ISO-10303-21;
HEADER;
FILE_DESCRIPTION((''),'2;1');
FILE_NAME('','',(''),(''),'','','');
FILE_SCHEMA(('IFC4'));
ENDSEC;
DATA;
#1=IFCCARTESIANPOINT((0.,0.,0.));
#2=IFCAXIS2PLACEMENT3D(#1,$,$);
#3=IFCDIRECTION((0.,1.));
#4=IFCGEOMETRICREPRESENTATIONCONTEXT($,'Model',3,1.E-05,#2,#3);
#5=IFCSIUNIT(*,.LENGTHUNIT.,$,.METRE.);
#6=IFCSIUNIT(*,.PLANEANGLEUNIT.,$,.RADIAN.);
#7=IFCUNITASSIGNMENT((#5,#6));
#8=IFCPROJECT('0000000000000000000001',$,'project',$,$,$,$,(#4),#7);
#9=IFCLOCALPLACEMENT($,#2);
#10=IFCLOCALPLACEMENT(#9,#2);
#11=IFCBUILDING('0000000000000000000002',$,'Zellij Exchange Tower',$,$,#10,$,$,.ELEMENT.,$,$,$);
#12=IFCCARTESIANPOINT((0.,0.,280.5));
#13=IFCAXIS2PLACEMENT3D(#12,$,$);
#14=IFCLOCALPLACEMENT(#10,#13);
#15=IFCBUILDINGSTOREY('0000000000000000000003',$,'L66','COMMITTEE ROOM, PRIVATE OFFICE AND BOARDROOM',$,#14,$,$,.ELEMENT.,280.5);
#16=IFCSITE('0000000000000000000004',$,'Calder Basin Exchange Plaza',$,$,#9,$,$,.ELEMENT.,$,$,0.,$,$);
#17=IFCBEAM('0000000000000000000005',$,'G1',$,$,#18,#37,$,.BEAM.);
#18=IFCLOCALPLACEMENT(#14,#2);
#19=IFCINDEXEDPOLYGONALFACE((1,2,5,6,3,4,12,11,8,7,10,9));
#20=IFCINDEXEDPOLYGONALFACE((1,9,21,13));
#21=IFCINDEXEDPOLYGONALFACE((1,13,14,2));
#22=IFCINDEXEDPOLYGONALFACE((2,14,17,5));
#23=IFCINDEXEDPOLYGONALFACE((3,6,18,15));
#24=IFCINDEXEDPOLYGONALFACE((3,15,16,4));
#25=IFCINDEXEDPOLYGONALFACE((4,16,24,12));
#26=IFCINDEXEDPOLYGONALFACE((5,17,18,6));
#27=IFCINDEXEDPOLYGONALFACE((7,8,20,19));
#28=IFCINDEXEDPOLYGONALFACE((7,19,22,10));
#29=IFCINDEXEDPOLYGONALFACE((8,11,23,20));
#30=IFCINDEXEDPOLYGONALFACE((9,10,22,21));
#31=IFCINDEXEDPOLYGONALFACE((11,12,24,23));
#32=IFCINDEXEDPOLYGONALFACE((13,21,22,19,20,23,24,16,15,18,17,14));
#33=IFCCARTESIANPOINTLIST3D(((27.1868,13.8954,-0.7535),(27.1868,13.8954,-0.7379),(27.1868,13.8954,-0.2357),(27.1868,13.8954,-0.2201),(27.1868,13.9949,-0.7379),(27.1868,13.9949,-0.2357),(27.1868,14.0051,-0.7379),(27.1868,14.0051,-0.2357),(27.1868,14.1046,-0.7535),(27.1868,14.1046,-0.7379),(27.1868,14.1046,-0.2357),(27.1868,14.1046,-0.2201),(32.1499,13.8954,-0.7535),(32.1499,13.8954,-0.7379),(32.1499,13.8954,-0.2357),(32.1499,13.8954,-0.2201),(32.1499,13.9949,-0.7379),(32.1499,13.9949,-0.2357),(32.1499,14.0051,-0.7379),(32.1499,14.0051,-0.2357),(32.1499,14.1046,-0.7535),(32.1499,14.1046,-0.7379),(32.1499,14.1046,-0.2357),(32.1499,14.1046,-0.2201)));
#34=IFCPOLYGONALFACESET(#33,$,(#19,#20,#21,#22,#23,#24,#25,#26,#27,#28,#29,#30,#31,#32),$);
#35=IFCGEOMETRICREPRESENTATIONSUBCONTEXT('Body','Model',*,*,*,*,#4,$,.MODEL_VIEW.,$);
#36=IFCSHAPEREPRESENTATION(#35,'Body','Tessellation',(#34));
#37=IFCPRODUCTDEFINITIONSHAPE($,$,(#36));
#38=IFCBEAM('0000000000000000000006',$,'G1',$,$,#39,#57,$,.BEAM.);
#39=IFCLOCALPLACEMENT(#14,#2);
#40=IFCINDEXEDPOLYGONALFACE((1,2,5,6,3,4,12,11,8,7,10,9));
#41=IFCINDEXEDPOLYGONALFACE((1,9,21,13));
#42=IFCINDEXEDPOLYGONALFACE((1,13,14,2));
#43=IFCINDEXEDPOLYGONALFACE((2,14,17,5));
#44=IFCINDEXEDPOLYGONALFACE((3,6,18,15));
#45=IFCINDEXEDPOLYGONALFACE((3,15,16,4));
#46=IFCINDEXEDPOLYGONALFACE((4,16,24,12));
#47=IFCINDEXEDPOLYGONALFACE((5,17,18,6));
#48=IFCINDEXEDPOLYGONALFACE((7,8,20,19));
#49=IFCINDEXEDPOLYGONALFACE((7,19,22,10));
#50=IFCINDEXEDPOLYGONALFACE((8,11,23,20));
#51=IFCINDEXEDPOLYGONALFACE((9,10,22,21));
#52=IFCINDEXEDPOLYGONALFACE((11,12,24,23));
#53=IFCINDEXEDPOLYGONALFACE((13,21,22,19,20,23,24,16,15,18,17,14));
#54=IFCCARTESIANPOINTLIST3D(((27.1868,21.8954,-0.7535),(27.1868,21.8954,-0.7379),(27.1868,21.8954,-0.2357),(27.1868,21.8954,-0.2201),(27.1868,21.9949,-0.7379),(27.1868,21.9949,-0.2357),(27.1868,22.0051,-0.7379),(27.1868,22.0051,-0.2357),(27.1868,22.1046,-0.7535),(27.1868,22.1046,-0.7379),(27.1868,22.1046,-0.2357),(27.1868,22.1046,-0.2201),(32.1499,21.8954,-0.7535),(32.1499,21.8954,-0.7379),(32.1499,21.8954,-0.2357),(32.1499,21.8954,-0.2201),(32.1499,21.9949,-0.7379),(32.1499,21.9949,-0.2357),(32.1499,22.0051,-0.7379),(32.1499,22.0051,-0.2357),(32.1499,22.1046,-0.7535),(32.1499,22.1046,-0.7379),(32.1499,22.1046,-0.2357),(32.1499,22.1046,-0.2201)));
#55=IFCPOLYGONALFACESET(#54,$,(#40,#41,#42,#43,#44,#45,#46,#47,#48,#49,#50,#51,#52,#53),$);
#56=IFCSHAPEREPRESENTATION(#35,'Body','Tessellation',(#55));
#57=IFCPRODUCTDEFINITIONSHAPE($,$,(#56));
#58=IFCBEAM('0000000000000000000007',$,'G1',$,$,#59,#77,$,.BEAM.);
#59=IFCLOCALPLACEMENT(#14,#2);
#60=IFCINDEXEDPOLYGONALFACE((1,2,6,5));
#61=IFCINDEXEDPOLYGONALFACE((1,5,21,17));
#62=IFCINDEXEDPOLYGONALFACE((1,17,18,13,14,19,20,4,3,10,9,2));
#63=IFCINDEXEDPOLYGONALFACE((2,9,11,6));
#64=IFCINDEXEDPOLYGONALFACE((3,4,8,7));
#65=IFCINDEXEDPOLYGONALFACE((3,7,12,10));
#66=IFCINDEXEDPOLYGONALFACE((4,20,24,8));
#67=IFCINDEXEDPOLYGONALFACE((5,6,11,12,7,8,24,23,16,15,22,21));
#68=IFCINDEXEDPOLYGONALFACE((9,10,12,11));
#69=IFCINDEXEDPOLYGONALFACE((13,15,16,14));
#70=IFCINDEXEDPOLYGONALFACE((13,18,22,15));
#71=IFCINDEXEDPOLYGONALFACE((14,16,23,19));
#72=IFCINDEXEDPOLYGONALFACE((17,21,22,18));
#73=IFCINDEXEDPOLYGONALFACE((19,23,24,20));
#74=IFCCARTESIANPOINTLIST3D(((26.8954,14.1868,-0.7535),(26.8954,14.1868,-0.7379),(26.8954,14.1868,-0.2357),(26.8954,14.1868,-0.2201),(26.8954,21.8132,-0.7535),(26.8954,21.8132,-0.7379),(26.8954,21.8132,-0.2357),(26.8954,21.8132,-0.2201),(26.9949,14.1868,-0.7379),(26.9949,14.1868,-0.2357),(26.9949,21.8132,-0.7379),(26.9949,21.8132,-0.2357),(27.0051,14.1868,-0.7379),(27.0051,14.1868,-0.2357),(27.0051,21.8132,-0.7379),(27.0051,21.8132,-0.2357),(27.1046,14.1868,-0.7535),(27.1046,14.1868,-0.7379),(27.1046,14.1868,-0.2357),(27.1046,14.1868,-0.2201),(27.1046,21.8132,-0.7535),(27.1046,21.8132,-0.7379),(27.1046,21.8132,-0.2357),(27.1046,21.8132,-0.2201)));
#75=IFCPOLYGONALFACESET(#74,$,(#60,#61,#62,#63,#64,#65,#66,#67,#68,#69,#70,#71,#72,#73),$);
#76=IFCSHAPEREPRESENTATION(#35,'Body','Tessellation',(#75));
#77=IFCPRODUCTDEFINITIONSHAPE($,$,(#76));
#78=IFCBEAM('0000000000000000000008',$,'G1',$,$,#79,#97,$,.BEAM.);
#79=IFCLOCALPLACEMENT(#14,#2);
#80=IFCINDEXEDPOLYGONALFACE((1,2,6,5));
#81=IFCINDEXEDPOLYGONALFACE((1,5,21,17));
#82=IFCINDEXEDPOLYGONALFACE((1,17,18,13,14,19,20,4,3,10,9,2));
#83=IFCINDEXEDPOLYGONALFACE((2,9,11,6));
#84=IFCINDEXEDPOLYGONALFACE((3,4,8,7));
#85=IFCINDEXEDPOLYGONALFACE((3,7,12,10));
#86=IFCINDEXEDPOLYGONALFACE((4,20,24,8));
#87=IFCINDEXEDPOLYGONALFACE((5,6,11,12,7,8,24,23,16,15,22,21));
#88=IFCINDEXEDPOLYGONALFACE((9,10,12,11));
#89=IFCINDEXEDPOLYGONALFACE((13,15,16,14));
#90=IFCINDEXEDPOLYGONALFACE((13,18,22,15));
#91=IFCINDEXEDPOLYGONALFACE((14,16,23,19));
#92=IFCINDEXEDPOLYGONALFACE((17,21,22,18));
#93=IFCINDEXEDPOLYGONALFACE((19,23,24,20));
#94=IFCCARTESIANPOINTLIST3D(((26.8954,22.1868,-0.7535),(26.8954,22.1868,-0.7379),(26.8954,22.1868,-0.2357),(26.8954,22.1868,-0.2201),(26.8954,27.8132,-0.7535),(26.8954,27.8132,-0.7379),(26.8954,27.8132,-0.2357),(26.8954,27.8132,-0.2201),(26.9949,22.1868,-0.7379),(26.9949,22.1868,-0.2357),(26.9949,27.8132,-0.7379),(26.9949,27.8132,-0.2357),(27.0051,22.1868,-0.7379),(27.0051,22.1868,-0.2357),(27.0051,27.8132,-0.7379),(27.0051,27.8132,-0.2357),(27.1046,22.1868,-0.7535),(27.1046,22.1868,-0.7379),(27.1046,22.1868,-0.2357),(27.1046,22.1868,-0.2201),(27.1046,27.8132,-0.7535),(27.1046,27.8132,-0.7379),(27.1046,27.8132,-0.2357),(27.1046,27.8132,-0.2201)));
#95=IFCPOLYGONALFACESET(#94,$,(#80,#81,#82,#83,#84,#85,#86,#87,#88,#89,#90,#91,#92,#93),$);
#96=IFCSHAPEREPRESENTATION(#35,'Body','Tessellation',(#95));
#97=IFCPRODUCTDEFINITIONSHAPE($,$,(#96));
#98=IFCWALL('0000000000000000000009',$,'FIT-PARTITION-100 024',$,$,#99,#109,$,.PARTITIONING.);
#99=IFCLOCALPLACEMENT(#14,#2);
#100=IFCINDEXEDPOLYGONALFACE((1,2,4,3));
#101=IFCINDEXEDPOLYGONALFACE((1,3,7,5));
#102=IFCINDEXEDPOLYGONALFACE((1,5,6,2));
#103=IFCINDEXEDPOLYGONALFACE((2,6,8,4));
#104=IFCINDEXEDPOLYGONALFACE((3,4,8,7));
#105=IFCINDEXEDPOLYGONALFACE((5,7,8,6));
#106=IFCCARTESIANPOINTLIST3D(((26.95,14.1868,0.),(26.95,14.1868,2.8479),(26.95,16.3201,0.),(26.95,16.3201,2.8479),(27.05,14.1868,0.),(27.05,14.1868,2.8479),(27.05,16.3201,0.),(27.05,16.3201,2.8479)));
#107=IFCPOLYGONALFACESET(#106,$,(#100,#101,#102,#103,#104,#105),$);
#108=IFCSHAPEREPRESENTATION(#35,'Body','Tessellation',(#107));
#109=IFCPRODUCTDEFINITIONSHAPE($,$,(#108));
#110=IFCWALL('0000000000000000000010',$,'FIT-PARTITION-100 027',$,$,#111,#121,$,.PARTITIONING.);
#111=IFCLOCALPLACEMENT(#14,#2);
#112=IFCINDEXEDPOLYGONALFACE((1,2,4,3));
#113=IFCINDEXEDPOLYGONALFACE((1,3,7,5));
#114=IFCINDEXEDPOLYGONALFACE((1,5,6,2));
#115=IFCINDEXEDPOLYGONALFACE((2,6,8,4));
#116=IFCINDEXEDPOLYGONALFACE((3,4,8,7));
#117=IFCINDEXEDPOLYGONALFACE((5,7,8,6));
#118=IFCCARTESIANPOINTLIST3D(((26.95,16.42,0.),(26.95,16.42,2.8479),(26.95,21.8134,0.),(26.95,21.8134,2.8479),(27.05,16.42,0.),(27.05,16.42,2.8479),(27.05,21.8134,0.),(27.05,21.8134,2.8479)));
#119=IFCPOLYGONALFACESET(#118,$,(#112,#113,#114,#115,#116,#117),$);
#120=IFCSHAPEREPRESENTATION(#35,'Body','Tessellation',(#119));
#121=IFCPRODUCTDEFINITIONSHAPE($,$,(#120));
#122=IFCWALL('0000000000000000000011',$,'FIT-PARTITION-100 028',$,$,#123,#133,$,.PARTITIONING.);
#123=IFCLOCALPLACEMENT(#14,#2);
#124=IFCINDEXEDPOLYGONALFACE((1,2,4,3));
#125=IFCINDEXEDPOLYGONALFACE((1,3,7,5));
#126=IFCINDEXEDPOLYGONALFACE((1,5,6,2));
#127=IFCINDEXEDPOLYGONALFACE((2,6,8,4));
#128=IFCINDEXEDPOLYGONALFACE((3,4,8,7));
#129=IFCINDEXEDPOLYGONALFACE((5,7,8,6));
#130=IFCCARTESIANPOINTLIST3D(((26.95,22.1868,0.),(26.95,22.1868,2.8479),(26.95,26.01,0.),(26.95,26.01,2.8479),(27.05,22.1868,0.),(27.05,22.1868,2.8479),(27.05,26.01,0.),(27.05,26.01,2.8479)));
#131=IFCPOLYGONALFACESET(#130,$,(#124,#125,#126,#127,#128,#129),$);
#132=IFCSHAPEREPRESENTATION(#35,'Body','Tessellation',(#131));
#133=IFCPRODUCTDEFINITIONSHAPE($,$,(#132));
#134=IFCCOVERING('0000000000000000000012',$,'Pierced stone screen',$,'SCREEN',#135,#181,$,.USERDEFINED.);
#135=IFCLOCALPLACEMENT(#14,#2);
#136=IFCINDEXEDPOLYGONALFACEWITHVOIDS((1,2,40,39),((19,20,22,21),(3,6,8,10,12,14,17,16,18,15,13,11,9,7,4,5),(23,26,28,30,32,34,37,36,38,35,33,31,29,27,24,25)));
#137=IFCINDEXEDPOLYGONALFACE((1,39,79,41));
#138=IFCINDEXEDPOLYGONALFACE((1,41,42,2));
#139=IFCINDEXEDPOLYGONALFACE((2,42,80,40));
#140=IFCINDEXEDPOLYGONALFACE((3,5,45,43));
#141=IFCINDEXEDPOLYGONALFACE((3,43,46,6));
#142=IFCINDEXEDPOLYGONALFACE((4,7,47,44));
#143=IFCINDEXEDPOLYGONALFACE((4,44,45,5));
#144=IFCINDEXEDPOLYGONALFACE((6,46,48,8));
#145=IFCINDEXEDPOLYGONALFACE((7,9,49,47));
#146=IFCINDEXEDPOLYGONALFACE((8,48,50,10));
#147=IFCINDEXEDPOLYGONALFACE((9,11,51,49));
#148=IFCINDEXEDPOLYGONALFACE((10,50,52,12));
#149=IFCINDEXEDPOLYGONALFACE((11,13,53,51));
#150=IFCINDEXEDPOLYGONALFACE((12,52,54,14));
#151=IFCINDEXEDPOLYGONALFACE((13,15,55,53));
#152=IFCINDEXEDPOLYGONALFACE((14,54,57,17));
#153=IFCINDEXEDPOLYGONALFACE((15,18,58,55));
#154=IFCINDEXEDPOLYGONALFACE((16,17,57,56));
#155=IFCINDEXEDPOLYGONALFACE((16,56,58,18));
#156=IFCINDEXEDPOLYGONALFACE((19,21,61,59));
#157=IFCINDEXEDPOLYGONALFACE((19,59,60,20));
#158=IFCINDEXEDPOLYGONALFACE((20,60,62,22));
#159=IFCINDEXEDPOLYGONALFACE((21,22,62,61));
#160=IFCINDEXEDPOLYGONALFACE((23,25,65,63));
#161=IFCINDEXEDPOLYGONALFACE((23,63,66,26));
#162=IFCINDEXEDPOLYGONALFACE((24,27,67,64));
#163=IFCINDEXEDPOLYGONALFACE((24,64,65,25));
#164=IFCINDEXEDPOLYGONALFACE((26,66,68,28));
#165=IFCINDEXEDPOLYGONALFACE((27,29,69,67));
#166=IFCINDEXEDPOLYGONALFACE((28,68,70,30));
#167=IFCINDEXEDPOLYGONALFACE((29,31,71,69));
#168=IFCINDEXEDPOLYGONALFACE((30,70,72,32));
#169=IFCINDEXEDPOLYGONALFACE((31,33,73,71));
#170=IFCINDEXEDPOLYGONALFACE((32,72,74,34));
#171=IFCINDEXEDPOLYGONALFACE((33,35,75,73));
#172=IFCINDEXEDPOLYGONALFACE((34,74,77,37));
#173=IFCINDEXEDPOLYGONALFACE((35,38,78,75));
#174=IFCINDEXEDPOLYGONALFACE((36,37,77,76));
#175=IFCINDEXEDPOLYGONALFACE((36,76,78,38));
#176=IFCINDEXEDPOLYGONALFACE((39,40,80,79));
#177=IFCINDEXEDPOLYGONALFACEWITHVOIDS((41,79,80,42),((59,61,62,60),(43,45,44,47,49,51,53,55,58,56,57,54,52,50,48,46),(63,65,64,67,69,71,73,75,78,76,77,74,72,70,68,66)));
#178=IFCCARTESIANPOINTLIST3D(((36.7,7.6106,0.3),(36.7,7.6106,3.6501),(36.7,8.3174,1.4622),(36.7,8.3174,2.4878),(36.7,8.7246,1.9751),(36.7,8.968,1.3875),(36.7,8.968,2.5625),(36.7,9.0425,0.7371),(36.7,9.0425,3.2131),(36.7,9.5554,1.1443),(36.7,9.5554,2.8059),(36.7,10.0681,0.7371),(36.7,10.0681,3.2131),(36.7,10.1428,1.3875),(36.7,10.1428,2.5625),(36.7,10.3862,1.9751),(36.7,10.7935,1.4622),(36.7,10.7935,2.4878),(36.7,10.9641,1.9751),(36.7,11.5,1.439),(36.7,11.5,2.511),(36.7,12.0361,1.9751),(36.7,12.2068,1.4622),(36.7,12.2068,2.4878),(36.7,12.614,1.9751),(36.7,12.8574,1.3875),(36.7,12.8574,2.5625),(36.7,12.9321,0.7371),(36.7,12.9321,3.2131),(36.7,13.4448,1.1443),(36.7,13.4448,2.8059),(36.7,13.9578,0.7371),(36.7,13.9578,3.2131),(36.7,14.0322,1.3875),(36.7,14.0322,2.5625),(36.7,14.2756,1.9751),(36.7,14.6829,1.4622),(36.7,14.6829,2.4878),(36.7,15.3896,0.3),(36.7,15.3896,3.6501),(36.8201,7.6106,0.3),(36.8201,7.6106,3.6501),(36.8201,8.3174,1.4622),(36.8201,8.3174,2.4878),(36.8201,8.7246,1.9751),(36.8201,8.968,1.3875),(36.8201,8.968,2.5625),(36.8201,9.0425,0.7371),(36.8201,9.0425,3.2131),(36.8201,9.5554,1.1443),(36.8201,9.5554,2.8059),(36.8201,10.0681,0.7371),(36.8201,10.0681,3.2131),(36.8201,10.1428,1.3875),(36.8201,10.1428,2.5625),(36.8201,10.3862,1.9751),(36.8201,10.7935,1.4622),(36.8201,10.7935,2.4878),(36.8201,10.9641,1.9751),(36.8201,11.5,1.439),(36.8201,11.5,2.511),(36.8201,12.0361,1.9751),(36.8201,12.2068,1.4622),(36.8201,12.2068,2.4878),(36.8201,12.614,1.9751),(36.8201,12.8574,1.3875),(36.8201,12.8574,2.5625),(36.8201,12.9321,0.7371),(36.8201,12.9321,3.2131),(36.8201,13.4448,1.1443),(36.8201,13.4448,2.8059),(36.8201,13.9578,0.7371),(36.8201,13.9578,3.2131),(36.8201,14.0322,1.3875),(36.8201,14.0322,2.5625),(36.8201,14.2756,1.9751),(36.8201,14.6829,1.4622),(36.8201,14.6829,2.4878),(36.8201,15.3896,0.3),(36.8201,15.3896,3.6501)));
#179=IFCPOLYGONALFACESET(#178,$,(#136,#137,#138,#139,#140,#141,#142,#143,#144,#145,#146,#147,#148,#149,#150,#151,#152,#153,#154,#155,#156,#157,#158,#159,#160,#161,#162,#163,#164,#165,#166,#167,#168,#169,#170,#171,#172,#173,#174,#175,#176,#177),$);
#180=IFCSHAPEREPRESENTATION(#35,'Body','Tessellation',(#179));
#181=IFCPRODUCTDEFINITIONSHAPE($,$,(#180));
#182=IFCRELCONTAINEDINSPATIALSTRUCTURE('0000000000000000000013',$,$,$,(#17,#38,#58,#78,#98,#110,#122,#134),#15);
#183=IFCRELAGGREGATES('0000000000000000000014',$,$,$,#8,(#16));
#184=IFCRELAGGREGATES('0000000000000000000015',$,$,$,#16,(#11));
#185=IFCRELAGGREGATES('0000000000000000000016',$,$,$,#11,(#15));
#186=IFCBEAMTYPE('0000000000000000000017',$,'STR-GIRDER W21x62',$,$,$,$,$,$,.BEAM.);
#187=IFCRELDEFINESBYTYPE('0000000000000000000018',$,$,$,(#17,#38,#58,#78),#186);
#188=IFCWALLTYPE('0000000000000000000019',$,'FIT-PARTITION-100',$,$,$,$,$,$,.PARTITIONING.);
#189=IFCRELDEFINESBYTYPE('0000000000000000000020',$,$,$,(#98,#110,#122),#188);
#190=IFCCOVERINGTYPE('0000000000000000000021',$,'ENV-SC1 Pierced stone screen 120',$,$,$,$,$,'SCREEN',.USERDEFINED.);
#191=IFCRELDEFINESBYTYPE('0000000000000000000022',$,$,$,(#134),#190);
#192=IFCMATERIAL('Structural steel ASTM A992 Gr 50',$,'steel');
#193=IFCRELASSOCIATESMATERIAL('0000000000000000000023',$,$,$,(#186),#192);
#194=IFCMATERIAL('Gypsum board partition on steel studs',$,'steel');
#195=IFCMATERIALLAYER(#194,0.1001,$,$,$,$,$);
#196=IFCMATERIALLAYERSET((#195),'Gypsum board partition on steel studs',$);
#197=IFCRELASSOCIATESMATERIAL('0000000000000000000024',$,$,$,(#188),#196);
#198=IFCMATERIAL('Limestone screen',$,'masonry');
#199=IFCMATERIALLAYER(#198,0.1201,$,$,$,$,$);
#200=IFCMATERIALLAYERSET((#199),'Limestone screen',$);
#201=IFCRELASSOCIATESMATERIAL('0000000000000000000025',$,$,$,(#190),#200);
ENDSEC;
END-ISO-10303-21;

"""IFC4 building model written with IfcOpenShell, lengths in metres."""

from ifc_helpers import new_model, si_unit, direction, frame, frame_2d, origin, origin_2d, place, context, subcontext, project, spatial, polyline, rectangle, i_section, outline, extrude, material, layer, layer_set, material_profile, profile_set, type_object, element, save


model = new_model("IFC4")

# Units and contexts
model_context = context("Model", 3, precision=1e-05, world=origin(), true_north=direction((0.0, 1.0)))
body_context = subcontext(model_context, "Body", "Model", "MODEL_VIEW")
ifc_project = project(units=[si_unit("LENGTHUNIT", "METRE"), si_unit("PLANEANGLEUNIT", "RADIAN")], contexts=[model_context])

# Site, building, storey
site_placement = place(None, origin())
site = spatial("IfcSite", under=ifc_project, at=site_placement, Name="Calder Basin Exchange Plaza", CompositionType="ELEMENT", RefElevation=0.0)
building_placement = place(site_placement, origin())
building = spatial("IfcBuilding", under=site, at=building_placement, Name="Zellij Exchange Tower", CompositionType="ELEMENT")
storey_placement = place(building_placement, frame((0.0, 0.0, 280.5)))
storey = spatial("IfcBuildingStorey", under=building, at=storey_placement, Name="L66", Description="COMMITTEE ROOM, PRIVATE OFFICE AND BOARDROOM", CompositionType="ELEMENT", Elevation=280.5)

# Shared definitions
ifc_material_1 = material(Name="Structural steel ASTM A992 Gr 50", Category="steel")

# Beams
ifc_material_profile_1 = material_profile(ifc_material_1, i_section(OverallWidth=0.2092, OverallDepth=0.5334, WebThickness=0.0103, FlangeThickness=0.0156, at=origin_2d()), Name="W21x62")
ifc_profile_set_1 = profile_set([ifc_material_profile_1], Name="Structural steel ASTM A992 Gr 50")
beam_type_1 = type_object("IfcBeamType", Name="STR-GIRDER W21x62", PredefinedType="BEAM", material=ifc_profile_set_1)
for number, where, z_axis, x_axis, name in (
    (1, (27.1868, 14.0, -0.4868), (1.0, 0.0, 0.0), (0.0, 1.0, 0.0), "G1"),
    (2, (27.1868, 22.0, -0.4868), (1.0, 0.0, 0.0), (0.0, 1.0, 0.0), "G1"),
):
    element("IfcBeam", number, at=place(storey_placement, frame(where, z_axis=z_axis, x_axis=x_axis)), inside=storey, type_object=beam_type_1, Name=name, PredefinedType="BEAM", context=body_context, shape_type="SweptSolid", body=[
        extrude(i_section(OverallWidth=0.2092, OverallDepth=0.5334, WebThickness=0.0103, FlangeThickness=0.0156, at=origin_2d()), origin(), (0.0, 0.0, 1.0), 4.9631),
    ])
beam_1_placement = place(storey_placement, frame((27.0, 14.1868, -0.4868), z_axis=(0.0, 1.0, 0.0), x_axis=(-1.0, 0.0, 0.0)))
element("IfcBeam", 3, at=beam_1_placement, inside=storey, type_object=beam_type_1, Name="G1", PredefinedType="BEAM", context=body_context, shape_type="SweptSolid", body=[
    extrude(i_section(OverallWidth=0.2092, OverallDepth=0.5334, WebThickness=0.0103, FlangeThickness=0.0156, at=origin_2d()), origin(), (0.0, 0.0, 1.0), 7.6265),
])
beam_2_placement = place(storey_placement, frame((27.0, 22.1868, -0.4868), z_axis=(0.0, 1.0, 0.0), x_axis=(-1.0, 0.0, 0.0)))
element("IfcBeam", 4, at=beam_2_placement, inside=storey, type_object=beam_type_1, Name="G1", PredefinedType="BEAM", context=body_context, shape_type="SweptSolid", body=[
    extrude(i_section(OverallWidth=0.2092, OverallDepth=0.5334, WebThickness=0.0103, FlangeThickness=0.0156, at=origin_2d()), origin(), (0.0, 0.0, 1.0), 5.6265),
])

# Walls
ifc_material_2 = material(Name="Gypsum board partition on steel studs", Category="steel")
ifc_layer_1 = layer(ifc_material_2, 0.1001)
ifc_layer_set_1 = layer_set([ifc_layer_1], Name="Gypsum board partition on steel studs")
wall_type = type_object("IfcWallType", Name="FIT-PARTITION-100", PredefinedType="PARTITIONING", material=ifc_layer_set_1)
wall_1_placement = place(storey_placement, frame((27.0, 14.1868, 0.0), z_axis=(0.0, 0.0, 1.0), x_axis=(0.0, 1.0, 0.0)))
element("IfcWall", 5, at=wall_1_placement, inside=storey, type_object=wall_type, Name="FIT-PARTITION-100 024", PredefinedType="PARTITIONING", context=body_context, shape_type="SweptSolid", body=[
    extrude(rectangle(XDim=2.1333, YDim=0.1001, at=frame_2d((1.0667, 0.0))), origin(), (0.0, 0.0, 1.0), 2.8479),
])
wall_2_placement = place(storey_placement, frame((27.0, 16.4199, 0.0), z_axis=(0.0, 0.0, 1.0), x_axis=(0.0, 1.0, 0.0)))
element("IfcWall", 6, at=wall_2_placement, inside=storey, type_object=wall_type, Name="FIT-PARTITION-100 027", PredefinedType="PARTITIONING", context=body_context, shape_type="SweptSolid", body=[
    extrude(rectangle(XDim=5.3933, YDim=0.1001, at=frame_2d((2.6968, 0.0))), origin(), (0.0, 0.0, 1.0), 2.8479),
])
wall_3_placement = place(storey_placement, frame((27.0, 22.1868, 0.0), z_axis=(0.0, 0.0, 1.0), x_axis=(0.0, 1.0, 0.0)))
element("IfcWall", 7, at=wall_3_placement, inside=storey, type_object=wall_type, Name="FIT-PARTITION-100 028", PredefinedType="PARTITIONING", context=body_context, shape_type="SweptSolid", body=[
    extrude(rectangle(XDim=3.8232, YDim=0.1001, at=frame_2d((1.9116, 0.0))), origin(), (0.0, 0.0, 1.0), 2.8479),
])

# Covering
ifc_material_3 = material(Name="Limestone screen", Category="masonry")
ifc_layer_2 = layer(ifc_material_3, 0.1201)
ifc_layer_set_2 = layer_set([ifc_layer_2], Name="Limestone screen")
covering_type = type_object("IfcCoveringType", Name="ENV-SC1 Pierced stone screen 120", ElementType="SCREEN", PredefinedType="USERDEFINED", material=ifc_layer_set_2)
for number, where, z_axis, x_axis, name in (
    (8, (36.76, 7.6106, 0.3), (0.0, 0.0, 1.0), (0.0, 1.0, 0.0), "Pierced stone screen"),
):
    element("IfcCovering", number, at=place(storey_placement, frame(where, z_axis=z_axis, x_axis=x_axis)), inside=storey, type_object=covering_type, Name=name, ObjectType="SCREEN", PredefinedType="USERDEFINED", context=body_context, shape_type="SweptSolid", body=[
        extrude(outline(polyline([(0.0, 0.0), (7.7791, 0.0), (7.7791, 3.3501), (0.0, 3.3501), (0.0, 0.0)]), holes=[polyline([(3.1829, 2.1877), (2.5322, 2.2625), (2.4575, 2.9131), (1.9448, 2.5059), (1.4319, 2.9131), (1.3574, 2.2625), (0.7068, 2.1877), (1.114, 1.675), (0.7068, 1.1621), (1.3574, 1.0874), (1.4319, 0.437), (1.9448, 0.8442), (2.4575, 0.437), (2.5322, 1.0874), (3.1829, 1.1621), (2.7756, 1.675), (3.1829, 2.1877)]), polyline([(7.0723, 2.1877), (6.4216, 2.2625), (6.3472, 2.9131), (5.8342, 2.5059), (5.3215, 2.9131), (5.2468, 2.2625), (4.5962, 2.1877), (5.0034, 1.675), (4.5962, 1.1621), (5.2468, 1.0874), (5.3215, 0.437), (5.8342, 0.8442), (6.3472, 0.437), (6.4216, 1.0874), (7.0723, 1.1621), (6.665, 1.675), (7.0723, 2.1877)]), polyline([(4.4255, 1.675), (3.8894, 2.2109), (3.3535, 1.675), (3.8894, 1.1389), (4.4255, 1.675)])]), frame((0.0, 0.0601, 0.0), z_axis=(0.0, -1.0, 0.0), x_axis=(1.0, 0.0, 0.0)), (0.0, 0.0, 1.0), 0.1201),
    ])

save(model, "model.ifc")
